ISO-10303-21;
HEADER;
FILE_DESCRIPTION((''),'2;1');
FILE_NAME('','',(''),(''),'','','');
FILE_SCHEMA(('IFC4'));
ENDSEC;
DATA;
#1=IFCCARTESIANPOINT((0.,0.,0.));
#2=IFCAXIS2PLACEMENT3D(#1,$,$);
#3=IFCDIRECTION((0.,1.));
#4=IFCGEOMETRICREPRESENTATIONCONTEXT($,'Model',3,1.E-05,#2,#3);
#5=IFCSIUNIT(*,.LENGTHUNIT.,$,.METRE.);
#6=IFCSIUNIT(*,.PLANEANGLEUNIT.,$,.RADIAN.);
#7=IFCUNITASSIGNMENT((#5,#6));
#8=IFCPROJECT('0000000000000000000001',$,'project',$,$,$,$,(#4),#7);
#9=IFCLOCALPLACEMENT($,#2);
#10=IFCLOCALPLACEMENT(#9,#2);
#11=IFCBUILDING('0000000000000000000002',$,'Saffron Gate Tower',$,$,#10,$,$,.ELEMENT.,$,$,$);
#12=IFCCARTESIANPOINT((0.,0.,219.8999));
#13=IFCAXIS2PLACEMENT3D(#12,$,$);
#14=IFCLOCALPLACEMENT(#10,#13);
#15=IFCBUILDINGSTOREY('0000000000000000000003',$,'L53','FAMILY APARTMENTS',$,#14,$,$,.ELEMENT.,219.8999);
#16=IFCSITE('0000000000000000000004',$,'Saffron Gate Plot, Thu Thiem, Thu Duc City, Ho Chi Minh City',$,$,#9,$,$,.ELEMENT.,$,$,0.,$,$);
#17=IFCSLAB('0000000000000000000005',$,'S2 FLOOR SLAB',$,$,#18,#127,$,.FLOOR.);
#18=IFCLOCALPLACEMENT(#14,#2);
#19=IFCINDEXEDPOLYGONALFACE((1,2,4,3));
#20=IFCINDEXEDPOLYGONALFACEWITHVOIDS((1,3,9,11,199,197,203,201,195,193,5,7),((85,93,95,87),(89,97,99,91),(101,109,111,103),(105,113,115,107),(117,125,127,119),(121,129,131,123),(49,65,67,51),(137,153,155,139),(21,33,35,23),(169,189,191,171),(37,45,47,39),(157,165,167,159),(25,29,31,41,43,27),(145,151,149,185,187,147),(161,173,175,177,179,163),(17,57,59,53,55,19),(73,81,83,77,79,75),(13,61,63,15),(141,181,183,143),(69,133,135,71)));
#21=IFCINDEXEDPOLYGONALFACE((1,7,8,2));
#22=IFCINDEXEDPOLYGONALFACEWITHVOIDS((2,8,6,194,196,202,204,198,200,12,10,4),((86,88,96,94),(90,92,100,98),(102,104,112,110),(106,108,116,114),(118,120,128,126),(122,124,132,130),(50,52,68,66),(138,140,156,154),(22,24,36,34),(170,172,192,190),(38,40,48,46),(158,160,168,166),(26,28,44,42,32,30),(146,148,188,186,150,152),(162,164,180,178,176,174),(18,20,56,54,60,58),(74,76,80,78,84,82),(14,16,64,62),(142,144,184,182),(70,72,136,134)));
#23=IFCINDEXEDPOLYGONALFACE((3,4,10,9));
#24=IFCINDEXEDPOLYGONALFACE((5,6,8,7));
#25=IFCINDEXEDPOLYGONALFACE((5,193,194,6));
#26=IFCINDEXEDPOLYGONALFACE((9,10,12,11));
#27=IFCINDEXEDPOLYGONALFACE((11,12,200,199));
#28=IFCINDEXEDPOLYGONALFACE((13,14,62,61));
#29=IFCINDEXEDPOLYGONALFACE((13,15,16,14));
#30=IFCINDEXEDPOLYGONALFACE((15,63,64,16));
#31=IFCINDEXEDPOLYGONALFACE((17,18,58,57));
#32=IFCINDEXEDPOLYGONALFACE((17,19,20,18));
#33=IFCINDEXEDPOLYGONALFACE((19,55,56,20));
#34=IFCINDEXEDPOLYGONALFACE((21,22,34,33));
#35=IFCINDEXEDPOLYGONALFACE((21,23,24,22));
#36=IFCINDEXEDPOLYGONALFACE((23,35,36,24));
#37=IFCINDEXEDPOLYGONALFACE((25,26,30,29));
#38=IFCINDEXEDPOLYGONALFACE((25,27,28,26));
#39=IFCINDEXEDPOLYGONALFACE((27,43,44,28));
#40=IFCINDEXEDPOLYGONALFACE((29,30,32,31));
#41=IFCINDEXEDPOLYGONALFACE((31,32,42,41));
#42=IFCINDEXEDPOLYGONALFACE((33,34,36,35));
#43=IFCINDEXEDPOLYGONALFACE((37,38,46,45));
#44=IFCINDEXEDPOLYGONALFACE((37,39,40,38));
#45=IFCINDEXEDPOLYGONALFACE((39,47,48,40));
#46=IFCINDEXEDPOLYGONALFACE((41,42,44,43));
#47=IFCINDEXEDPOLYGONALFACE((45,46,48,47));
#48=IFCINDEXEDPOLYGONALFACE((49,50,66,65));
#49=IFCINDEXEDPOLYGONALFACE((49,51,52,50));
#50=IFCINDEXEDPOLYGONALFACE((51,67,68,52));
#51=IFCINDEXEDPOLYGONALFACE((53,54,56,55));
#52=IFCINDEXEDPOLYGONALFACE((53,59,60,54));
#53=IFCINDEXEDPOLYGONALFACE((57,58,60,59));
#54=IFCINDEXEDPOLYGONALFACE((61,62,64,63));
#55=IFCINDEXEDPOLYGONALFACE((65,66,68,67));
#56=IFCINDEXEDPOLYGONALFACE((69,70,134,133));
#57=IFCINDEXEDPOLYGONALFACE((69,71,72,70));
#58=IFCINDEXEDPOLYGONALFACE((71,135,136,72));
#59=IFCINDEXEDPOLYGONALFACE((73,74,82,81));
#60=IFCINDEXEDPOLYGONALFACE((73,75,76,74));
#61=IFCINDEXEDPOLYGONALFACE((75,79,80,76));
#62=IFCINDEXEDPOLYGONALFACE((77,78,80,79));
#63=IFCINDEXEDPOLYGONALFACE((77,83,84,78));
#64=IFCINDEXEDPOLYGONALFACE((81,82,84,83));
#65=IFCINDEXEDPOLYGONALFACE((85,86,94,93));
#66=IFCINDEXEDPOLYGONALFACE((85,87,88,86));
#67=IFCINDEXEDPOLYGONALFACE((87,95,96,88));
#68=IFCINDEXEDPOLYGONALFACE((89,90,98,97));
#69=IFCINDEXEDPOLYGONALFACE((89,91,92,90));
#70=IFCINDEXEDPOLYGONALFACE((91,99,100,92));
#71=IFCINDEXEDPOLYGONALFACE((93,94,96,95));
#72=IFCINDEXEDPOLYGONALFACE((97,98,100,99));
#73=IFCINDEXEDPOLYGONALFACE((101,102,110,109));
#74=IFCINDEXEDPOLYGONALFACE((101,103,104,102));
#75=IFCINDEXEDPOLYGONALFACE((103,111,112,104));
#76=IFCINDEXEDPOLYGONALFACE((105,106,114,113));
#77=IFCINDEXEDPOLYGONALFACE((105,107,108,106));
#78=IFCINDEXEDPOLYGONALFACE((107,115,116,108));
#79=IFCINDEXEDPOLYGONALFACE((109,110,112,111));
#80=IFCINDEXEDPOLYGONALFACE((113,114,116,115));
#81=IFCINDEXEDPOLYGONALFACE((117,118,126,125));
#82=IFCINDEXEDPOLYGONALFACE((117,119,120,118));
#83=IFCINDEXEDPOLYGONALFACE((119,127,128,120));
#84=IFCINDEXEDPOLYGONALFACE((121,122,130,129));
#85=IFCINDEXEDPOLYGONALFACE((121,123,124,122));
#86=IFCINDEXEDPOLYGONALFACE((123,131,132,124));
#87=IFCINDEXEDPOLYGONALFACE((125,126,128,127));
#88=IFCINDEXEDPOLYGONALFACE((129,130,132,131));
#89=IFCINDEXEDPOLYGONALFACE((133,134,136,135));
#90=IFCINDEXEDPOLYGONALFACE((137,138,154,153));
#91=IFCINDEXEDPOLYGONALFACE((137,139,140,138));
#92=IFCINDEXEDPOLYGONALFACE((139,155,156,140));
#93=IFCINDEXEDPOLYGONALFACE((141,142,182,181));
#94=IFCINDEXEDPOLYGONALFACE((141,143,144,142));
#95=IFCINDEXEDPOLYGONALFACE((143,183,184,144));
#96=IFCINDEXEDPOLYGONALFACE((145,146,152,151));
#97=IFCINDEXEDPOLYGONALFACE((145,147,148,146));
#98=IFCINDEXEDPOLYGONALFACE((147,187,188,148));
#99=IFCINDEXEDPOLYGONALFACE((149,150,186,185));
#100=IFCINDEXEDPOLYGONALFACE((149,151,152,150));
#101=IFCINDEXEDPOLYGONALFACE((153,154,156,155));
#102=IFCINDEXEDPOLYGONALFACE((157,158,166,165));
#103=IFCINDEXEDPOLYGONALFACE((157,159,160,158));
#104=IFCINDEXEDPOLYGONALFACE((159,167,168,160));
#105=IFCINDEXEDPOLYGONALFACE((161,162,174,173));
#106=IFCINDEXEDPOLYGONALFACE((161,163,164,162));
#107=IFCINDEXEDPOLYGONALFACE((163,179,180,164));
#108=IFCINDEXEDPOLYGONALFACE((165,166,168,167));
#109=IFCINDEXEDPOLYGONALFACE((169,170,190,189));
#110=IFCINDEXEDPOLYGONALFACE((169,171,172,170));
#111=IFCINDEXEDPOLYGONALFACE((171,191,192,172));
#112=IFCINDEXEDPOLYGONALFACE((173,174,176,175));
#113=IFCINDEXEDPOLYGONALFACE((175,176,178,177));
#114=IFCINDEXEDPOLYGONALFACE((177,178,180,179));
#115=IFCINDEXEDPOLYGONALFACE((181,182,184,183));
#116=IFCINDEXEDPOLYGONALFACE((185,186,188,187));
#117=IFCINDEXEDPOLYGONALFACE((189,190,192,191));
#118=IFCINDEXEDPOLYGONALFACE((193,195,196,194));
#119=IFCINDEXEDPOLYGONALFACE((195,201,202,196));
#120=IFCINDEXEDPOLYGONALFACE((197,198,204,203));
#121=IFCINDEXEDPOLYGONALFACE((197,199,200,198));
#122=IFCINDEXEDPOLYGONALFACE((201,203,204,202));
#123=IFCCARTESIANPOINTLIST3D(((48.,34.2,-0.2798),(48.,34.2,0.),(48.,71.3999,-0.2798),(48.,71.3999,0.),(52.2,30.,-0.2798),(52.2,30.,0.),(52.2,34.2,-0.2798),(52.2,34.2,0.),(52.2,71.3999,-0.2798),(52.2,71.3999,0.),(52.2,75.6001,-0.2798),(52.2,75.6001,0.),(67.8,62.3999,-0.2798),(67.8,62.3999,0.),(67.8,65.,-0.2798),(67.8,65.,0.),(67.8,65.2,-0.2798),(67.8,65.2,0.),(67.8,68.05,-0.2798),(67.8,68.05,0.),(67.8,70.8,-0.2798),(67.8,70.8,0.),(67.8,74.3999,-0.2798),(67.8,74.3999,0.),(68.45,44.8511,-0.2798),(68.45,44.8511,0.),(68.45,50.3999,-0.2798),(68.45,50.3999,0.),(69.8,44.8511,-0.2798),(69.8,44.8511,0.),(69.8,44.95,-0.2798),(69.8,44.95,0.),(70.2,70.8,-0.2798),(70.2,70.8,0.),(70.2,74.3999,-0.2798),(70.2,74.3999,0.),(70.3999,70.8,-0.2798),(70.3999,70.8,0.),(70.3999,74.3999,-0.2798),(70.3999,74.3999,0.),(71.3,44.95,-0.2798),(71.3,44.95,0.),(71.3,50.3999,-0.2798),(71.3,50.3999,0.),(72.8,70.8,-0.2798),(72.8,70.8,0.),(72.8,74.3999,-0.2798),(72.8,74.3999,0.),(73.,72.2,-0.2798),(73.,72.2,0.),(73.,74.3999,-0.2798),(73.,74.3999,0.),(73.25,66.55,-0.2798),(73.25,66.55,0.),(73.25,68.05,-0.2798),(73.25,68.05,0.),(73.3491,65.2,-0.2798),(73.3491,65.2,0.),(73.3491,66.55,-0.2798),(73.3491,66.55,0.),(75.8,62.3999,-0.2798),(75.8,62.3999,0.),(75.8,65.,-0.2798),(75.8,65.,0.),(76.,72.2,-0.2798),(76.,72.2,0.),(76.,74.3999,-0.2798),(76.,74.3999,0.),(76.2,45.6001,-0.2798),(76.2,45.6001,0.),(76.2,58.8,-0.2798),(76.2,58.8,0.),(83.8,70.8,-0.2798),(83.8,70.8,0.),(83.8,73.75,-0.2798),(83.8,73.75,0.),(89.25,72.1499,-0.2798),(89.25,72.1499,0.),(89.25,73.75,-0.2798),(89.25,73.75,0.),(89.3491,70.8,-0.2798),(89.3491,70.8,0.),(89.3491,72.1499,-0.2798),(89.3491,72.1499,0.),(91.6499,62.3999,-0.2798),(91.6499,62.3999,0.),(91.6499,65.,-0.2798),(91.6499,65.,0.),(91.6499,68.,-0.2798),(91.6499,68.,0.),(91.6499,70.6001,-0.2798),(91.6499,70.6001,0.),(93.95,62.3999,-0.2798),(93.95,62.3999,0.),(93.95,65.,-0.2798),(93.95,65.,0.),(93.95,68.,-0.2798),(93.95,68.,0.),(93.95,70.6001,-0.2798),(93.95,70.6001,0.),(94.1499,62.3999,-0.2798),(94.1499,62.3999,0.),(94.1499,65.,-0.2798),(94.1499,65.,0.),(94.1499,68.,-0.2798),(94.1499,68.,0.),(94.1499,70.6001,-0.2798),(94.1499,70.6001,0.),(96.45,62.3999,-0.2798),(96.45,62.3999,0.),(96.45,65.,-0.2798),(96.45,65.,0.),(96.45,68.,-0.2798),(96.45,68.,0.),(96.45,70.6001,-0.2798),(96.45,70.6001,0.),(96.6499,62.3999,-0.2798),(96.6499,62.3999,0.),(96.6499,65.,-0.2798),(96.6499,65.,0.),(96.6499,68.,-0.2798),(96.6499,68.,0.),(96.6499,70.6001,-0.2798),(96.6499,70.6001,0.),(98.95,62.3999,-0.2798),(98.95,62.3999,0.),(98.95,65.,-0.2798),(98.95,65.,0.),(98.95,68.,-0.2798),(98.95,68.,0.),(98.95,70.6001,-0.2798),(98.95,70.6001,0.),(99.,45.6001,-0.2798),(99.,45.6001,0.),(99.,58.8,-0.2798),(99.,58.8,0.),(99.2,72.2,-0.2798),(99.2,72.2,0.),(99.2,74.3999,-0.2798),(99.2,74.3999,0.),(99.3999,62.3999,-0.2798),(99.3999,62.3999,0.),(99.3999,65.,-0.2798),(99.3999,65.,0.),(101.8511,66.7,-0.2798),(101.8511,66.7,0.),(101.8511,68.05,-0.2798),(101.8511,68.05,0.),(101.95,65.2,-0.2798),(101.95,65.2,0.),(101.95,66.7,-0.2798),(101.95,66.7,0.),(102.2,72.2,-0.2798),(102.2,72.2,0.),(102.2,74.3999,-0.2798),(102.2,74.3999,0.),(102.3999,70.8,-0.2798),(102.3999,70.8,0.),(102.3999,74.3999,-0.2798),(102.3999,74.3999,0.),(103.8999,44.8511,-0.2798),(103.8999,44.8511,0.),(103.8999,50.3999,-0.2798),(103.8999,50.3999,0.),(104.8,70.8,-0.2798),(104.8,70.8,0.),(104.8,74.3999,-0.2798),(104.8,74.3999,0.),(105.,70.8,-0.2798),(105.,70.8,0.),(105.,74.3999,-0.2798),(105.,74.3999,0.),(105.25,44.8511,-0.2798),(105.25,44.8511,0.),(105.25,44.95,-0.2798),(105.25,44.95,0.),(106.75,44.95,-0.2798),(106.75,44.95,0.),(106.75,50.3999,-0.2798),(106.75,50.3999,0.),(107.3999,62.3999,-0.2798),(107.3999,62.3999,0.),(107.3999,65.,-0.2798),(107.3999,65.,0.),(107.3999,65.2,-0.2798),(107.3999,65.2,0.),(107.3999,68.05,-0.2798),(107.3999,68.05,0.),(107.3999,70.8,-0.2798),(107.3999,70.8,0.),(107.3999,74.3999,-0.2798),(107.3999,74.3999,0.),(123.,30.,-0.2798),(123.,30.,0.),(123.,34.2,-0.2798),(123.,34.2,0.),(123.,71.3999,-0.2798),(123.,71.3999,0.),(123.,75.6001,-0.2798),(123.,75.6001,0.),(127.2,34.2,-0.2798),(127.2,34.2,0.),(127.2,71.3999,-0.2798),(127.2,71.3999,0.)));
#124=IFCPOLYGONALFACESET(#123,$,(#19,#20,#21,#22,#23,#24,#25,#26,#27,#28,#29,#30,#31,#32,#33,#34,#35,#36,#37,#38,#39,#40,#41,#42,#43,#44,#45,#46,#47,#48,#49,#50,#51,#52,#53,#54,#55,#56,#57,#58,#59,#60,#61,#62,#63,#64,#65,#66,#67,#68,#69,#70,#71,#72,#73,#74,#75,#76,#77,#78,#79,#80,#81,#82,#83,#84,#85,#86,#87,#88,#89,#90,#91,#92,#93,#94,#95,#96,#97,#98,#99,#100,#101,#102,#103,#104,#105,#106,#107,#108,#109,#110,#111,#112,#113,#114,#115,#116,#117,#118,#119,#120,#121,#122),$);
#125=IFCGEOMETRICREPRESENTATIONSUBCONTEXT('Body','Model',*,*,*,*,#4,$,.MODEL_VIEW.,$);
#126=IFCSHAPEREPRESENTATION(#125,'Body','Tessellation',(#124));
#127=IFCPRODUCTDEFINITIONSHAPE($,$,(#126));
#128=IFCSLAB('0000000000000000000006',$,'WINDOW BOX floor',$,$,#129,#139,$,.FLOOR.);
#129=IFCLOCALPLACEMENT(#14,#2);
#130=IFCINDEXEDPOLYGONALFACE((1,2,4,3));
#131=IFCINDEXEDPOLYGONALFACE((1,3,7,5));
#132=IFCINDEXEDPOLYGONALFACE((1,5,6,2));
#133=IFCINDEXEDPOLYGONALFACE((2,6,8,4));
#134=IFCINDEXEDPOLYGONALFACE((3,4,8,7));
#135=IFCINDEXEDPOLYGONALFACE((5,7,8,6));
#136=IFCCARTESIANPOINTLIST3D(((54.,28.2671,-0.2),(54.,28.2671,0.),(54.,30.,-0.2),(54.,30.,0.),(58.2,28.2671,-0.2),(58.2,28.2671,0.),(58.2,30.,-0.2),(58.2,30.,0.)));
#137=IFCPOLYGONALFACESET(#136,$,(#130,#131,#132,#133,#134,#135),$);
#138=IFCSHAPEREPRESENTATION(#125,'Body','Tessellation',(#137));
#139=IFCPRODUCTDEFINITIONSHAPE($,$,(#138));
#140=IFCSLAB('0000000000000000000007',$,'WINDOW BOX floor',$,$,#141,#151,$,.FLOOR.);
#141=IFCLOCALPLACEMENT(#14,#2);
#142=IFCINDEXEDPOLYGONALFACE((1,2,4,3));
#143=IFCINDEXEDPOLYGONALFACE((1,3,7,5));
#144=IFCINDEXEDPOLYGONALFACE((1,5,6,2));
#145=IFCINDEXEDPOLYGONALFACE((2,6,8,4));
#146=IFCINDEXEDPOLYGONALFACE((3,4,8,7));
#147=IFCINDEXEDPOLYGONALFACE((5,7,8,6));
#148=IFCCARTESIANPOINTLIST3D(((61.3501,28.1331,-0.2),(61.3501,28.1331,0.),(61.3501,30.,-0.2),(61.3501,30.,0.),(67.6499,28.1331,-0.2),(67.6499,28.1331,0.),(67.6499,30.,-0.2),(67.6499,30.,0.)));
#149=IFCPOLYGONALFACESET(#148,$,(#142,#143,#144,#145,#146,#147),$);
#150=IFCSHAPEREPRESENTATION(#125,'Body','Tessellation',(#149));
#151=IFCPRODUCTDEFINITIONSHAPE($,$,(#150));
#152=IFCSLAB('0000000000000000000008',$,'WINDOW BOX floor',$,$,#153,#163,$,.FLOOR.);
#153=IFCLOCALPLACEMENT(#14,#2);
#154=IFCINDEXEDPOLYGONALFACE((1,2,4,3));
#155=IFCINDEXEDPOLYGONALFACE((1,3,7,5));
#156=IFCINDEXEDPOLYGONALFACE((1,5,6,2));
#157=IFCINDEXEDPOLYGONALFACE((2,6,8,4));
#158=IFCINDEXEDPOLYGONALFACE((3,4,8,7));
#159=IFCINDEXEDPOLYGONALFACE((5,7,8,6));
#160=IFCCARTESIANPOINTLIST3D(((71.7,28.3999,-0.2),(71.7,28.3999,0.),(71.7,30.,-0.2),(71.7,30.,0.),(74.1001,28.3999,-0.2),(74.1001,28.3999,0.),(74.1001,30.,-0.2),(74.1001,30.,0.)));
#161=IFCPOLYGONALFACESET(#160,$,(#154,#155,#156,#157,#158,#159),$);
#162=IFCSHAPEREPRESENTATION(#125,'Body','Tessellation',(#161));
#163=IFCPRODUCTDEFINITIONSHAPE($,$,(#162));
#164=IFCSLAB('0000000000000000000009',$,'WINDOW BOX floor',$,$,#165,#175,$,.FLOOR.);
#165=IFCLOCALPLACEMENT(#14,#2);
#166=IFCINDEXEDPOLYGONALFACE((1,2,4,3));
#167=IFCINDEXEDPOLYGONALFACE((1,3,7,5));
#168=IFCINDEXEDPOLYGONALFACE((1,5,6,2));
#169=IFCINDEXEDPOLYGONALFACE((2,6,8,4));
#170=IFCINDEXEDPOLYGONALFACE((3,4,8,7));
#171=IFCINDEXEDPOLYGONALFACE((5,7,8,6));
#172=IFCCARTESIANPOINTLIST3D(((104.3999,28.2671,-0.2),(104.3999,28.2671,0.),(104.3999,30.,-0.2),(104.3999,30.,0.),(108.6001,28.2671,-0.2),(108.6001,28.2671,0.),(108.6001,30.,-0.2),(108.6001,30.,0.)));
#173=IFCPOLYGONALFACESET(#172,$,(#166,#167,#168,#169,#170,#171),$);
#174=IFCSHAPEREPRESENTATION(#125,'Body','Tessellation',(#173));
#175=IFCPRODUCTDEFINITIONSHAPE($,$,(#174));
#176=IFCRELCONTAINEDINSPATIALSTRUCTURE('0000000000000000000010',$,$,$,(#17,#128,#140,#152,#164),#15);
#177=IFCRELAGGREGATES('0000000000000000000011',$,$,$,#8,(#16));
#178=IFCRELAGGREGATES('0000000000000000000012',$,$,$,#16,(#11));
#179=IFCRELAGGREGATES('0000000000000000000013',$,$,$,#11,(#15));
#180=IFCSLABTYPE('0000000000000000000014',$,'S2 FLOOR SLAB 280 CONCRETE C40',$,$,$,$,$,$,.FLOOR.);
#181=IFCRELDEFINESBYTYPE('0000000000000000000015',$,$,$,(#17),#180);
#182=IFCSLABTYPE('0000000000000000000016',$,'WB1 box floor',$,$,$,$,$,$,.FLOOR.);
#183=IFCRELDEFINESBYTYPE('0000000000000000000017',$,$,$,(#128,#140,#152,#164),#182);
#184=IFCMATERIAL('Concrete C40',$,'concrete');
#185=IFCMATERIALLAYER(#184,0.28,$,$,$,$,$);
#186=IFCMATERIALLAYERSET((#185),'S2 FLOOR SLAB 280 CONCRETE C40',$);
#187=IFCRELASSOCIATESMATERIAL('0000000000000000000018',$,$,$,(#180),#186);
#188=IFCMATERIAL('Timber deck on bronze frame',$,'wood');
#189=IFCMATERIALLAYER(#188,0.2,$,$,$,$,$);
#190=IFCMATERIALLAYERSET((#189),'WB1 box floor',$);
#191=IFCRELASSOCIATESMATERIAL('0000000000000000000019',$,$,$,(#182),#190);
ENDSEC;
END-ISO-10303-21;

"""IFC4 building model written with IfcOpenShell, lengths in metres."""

from ifc_helpers import new_model, si_unit, direction, frame, origin, place, context, subcontext, project, spatial, polyline, outline, extrude, material, layer, layer_set, type_object, element, save


model = new_model("IFC4")

# Units and contexts
model_context = context("Model", 3, precision=1e-05, world=origin(), true_north=direction((0.0, 1.0)))
body_context = subcontext(model_context, "Body", "Model", "MODEL_VIEW")
ifc_project = project(units=[si_unit("LENGTHUNIT", "METRE"), si_unit("PLANEANGLEUNIT", "RADIAN")], contexts=[model_context])

# Site, building, storey
site_placement = place(None, origin())
site = spatial("IfcSite", under=ifc_project, at=site_placement, Name="Saffron Gate Plot, Thu Thiem, Thu Duc City, Ho Chi Minh City", CompositionType="ELEMENT", RefElevation=0.0)
building_placement = place(site_placement, origin())
building = spatial("IfcBuilding", under=site, at=building_placement, Name="Saffron Gate Tower", CompositionType="ELEMENT")
storey_placement = place(building_placement, frame((0.0, 0.0, 219.8999)))
storey = spatial("IfcBuildingStorey", under=building, at=storey_placement, Name="L53", Description="FAMILY APARTMENTS", CompositionType="ELEMENT", Elevation=219.8999)

# Slabs
ifc_material_1 = material(Name="Concrete C40", Category="concrete")
ifc_layer_1 = layer(ifc_material_1, 0.28)
ifc_layer_set_1 = layer_set([ifc_layer_1], Name="S2 FLOOR SLAB 280 CONCRETE C40")
slab_type_1 = type_object("IfcSlabType", Name="S2 FLOOR SLAB 280 CONCRETE C40", PredefinedType="FLOOR", material=ifc_layer_set_1)
slab_1_placement = place(storey_placement, frame((0.0, 0.0, -0.2798)))
element("IfcSlab", 1, at=slab_1_placement, inside=storey, type_object=slab_type_1, Name="S2 FLOOR SLAB", PredefinedType="FLOOR", context=body_context, shape_type="SweptSolid", body=[
    extrude(outline(polyline([(48.0, 34.2), (52.2, 34.2), (52.2, 30.0), (123.0, 30.0), (123.0, 34.2), (127.2, 34.2), (127.2, 71.3999), (123.0, 71.3999), (123.0, 75.6001), (52.2, 75.6001), (52.2, 71.3999), (48.0, 71.3999), (48.0, 34.2)]), holes=[polyline([(67.8, 62.3999), (67.8, 65.0), (75.8, 65.0), (75.8, 62.3999), (67.8, 62.3999)]), polyline([(67.8, 65.2), (67.8, 68.05), (73.25, 68.05), (73.25, 66.55), (73.3491, 66.55), (73.3491, 65.2), (67.8, 65.2)]), polyline([(67.8, 70.8), (67.8, 74.3999), (70.2, 74.3999), (70.2, 70.8), (67.8, 70.8)]), polyline([(68.45, 44.8511), (68.45, 50.3999), (71.3, 50.3999), (71.3, 44.95), (69.8, 44.95), (69.8, 44.8511), (68.45, 44.8511)]), polyline([(70.3999, 70.8), (70.3999, 74.3999), (72.8, 74.3999), (72.8, 70.8), (70.3999, 70.8)]), polyline([(73.0, 72.2), (73.0, 74.3999), (76.0, 74.3999), (76.0, 72.2), (73.0, 72.2)]), polyline([(76.2, 45.6001), (76.2, 58.8), (99.0, 58.8), (99.0, 45.6001), (76.2, 45.6001)]), polyline([(83.8, 70.8), (83.8, 73.75), (89.25, 73.75), (89.25, 72.1499), (89.3491, 72.1499), (89.3491, 70.8), (83.8, 70.8)]), polyline([(91.6499, 62.3999), (91.6499, 65.0), (93.95, 65.0), (93.95, 62.3999), (91.6499, 62.3999)]), polyline([(91.6499, 68.0), (91.6499, 70.6001), (93.95, 70.6001), (93.95, 68.0), (91.6499, 68.0)]), polyline([(94.1499, 62.3999), (94.1499, 65.0), (96.45, 65.0), (96.45, 62.3999), (94.1499, 62.3999)]), polyline([(94.1499, 68.0), (94.1499, 70.6001), (96.45, 70.6001), (96.45, 68.0), (94.1499, 68.0)]), polyline([(96.6499, 62.3999), (96.6499, 65.0), (98.95, 65.0), (98.95, 62.3999), (96.6499, 62.3999)]), polyline([(96.6499, 68.0), (96.6499, 70.6001), (98.95, 70.6001), (98.95, 68.0), (96.6499, 68.0)]), polyline([(99.2, 72.2), (99.2, 74.3999), (102.2, 74.3999), (102.2, 72.2), (99.2, 72.2)]), polyline([(99.3999, 62.3999), (99.3999, 65.0), (107.3999, 65.0), (107.3999, 62.3999), (99.3999, 62.3999)]), polyline([(101.8511, 66.7), (101.8511, 68.05), (107.3999, 68.05), (107.3999, 65.2), (101.95, 65.2), (101.95, 66.7), (101.8511, 66.7)]), polyline([(102.3999, 70.8), (102.3999, 74.3999), (104.8, 74.3999), (104.8, 70.8), (102.3999, 70.8)]), polyline([(103.8999, 44.8511), (103.8999, 50.3999), (106.75, 50.3999), (106.75, 44.95), (105.25, 44.95), (105.25, 44.8511), (103.8999, 44.8511)]), polyline([(105.0, 70.8), (105.0, 74.3999), (107.3999, 74.3999), (107.3999, 70.8), (105.0, 70.8)])]), origin(), (0.0, 0.0, 1.0), 0.2798),
])
ifc_material_2 = material(Name="Timber deck on bronze frame", Category="wood")
ifc_layer_2 = layer(ifc_material_2, 0.2)
ifc_layer_set_2 = layer_set([ifc_layer_2], Name="WB1 box floor")
slab_type_2 = type_object("IfcSlabType", Name="WB1 box floor", PredefinedType="FLOOR", material=ifc_layer_set_2)
slab_2_placement = place(storey_placement, frame((0.0, 0.0, -0.2)))
element("IfcSlab", 2, at=slab_2_placement, inside=storey, type_object=slab_type_2, Name="WINDOW BOX floor", PredefinedType="FLOOR", context=body_context, shape_type="SweptSolid", body=[
    extrude(outline(polyline([(54.0, 30.0), (58.2, 30.0), (58.2, 28.2671), (54.0, 28.2671), (54.0, 30.0)])), origin(), (0.0, 0.0, 1.0), 0.2),
])
slab_3_placement = place(storey_placement, frame((0.0, 0.0, -0.2)))
element("IfcSlab", 3, at=slab_3_placement, inside=storey, type_object=slab_type_2, Name="WINDOW BOX floor", PredefinedType="FLOOR", context=body_context, shape_type="SweptSolid", body=[
    extrude(outline(polyline([(61.3501, 30.0), (67.6499, 30.0), (67.6499, 28.1331), (61.3501, 28.1331), (61.3501, 30.0)])), origin(), (0.0, 0.0, 1.0), 0.2),
])
slab_4_placement = place(storey_placement, frame((0.0, 0.0, -0.2)))
element("IfcSlab", 4, at=slab_4_placement, inside=storey, type_object=slab_type_2, Name="WINDOW BOX floor", PredefinedType="FLOOR", context=body_context, shape_type="SweptSolid", body=[
    extrude(outline(polyline([(71.7, 30.0), (74.1001, 30.0), (74.1001, 28.3999), (71.7, 28.3999), (71.7, 30.0)])), origin(), (0.0, 0.0, 1.0), 0.2),
])
slab_5_placement = place(storey_placement, frame((0.0, 0.0, -0.2)))
element("IfcSlab", 5, at=slab_5_placement, inside=storey, type_object=slab_type_2, Name="WINDOW BOX floor", PredefinedType="FLOOR", context=body_context, shape_type="SweptSolid", body=[
    extrude(outline(polyline([(104.3999, 30.0), (108.6001, 30.0), (108.6001, 28.2671), (104.3999, 28.2671), (104.3999, 30.0)])), origin(), (0.0, 0.0, 1.0), 0.2),
])

save(model, "model.ifc")
